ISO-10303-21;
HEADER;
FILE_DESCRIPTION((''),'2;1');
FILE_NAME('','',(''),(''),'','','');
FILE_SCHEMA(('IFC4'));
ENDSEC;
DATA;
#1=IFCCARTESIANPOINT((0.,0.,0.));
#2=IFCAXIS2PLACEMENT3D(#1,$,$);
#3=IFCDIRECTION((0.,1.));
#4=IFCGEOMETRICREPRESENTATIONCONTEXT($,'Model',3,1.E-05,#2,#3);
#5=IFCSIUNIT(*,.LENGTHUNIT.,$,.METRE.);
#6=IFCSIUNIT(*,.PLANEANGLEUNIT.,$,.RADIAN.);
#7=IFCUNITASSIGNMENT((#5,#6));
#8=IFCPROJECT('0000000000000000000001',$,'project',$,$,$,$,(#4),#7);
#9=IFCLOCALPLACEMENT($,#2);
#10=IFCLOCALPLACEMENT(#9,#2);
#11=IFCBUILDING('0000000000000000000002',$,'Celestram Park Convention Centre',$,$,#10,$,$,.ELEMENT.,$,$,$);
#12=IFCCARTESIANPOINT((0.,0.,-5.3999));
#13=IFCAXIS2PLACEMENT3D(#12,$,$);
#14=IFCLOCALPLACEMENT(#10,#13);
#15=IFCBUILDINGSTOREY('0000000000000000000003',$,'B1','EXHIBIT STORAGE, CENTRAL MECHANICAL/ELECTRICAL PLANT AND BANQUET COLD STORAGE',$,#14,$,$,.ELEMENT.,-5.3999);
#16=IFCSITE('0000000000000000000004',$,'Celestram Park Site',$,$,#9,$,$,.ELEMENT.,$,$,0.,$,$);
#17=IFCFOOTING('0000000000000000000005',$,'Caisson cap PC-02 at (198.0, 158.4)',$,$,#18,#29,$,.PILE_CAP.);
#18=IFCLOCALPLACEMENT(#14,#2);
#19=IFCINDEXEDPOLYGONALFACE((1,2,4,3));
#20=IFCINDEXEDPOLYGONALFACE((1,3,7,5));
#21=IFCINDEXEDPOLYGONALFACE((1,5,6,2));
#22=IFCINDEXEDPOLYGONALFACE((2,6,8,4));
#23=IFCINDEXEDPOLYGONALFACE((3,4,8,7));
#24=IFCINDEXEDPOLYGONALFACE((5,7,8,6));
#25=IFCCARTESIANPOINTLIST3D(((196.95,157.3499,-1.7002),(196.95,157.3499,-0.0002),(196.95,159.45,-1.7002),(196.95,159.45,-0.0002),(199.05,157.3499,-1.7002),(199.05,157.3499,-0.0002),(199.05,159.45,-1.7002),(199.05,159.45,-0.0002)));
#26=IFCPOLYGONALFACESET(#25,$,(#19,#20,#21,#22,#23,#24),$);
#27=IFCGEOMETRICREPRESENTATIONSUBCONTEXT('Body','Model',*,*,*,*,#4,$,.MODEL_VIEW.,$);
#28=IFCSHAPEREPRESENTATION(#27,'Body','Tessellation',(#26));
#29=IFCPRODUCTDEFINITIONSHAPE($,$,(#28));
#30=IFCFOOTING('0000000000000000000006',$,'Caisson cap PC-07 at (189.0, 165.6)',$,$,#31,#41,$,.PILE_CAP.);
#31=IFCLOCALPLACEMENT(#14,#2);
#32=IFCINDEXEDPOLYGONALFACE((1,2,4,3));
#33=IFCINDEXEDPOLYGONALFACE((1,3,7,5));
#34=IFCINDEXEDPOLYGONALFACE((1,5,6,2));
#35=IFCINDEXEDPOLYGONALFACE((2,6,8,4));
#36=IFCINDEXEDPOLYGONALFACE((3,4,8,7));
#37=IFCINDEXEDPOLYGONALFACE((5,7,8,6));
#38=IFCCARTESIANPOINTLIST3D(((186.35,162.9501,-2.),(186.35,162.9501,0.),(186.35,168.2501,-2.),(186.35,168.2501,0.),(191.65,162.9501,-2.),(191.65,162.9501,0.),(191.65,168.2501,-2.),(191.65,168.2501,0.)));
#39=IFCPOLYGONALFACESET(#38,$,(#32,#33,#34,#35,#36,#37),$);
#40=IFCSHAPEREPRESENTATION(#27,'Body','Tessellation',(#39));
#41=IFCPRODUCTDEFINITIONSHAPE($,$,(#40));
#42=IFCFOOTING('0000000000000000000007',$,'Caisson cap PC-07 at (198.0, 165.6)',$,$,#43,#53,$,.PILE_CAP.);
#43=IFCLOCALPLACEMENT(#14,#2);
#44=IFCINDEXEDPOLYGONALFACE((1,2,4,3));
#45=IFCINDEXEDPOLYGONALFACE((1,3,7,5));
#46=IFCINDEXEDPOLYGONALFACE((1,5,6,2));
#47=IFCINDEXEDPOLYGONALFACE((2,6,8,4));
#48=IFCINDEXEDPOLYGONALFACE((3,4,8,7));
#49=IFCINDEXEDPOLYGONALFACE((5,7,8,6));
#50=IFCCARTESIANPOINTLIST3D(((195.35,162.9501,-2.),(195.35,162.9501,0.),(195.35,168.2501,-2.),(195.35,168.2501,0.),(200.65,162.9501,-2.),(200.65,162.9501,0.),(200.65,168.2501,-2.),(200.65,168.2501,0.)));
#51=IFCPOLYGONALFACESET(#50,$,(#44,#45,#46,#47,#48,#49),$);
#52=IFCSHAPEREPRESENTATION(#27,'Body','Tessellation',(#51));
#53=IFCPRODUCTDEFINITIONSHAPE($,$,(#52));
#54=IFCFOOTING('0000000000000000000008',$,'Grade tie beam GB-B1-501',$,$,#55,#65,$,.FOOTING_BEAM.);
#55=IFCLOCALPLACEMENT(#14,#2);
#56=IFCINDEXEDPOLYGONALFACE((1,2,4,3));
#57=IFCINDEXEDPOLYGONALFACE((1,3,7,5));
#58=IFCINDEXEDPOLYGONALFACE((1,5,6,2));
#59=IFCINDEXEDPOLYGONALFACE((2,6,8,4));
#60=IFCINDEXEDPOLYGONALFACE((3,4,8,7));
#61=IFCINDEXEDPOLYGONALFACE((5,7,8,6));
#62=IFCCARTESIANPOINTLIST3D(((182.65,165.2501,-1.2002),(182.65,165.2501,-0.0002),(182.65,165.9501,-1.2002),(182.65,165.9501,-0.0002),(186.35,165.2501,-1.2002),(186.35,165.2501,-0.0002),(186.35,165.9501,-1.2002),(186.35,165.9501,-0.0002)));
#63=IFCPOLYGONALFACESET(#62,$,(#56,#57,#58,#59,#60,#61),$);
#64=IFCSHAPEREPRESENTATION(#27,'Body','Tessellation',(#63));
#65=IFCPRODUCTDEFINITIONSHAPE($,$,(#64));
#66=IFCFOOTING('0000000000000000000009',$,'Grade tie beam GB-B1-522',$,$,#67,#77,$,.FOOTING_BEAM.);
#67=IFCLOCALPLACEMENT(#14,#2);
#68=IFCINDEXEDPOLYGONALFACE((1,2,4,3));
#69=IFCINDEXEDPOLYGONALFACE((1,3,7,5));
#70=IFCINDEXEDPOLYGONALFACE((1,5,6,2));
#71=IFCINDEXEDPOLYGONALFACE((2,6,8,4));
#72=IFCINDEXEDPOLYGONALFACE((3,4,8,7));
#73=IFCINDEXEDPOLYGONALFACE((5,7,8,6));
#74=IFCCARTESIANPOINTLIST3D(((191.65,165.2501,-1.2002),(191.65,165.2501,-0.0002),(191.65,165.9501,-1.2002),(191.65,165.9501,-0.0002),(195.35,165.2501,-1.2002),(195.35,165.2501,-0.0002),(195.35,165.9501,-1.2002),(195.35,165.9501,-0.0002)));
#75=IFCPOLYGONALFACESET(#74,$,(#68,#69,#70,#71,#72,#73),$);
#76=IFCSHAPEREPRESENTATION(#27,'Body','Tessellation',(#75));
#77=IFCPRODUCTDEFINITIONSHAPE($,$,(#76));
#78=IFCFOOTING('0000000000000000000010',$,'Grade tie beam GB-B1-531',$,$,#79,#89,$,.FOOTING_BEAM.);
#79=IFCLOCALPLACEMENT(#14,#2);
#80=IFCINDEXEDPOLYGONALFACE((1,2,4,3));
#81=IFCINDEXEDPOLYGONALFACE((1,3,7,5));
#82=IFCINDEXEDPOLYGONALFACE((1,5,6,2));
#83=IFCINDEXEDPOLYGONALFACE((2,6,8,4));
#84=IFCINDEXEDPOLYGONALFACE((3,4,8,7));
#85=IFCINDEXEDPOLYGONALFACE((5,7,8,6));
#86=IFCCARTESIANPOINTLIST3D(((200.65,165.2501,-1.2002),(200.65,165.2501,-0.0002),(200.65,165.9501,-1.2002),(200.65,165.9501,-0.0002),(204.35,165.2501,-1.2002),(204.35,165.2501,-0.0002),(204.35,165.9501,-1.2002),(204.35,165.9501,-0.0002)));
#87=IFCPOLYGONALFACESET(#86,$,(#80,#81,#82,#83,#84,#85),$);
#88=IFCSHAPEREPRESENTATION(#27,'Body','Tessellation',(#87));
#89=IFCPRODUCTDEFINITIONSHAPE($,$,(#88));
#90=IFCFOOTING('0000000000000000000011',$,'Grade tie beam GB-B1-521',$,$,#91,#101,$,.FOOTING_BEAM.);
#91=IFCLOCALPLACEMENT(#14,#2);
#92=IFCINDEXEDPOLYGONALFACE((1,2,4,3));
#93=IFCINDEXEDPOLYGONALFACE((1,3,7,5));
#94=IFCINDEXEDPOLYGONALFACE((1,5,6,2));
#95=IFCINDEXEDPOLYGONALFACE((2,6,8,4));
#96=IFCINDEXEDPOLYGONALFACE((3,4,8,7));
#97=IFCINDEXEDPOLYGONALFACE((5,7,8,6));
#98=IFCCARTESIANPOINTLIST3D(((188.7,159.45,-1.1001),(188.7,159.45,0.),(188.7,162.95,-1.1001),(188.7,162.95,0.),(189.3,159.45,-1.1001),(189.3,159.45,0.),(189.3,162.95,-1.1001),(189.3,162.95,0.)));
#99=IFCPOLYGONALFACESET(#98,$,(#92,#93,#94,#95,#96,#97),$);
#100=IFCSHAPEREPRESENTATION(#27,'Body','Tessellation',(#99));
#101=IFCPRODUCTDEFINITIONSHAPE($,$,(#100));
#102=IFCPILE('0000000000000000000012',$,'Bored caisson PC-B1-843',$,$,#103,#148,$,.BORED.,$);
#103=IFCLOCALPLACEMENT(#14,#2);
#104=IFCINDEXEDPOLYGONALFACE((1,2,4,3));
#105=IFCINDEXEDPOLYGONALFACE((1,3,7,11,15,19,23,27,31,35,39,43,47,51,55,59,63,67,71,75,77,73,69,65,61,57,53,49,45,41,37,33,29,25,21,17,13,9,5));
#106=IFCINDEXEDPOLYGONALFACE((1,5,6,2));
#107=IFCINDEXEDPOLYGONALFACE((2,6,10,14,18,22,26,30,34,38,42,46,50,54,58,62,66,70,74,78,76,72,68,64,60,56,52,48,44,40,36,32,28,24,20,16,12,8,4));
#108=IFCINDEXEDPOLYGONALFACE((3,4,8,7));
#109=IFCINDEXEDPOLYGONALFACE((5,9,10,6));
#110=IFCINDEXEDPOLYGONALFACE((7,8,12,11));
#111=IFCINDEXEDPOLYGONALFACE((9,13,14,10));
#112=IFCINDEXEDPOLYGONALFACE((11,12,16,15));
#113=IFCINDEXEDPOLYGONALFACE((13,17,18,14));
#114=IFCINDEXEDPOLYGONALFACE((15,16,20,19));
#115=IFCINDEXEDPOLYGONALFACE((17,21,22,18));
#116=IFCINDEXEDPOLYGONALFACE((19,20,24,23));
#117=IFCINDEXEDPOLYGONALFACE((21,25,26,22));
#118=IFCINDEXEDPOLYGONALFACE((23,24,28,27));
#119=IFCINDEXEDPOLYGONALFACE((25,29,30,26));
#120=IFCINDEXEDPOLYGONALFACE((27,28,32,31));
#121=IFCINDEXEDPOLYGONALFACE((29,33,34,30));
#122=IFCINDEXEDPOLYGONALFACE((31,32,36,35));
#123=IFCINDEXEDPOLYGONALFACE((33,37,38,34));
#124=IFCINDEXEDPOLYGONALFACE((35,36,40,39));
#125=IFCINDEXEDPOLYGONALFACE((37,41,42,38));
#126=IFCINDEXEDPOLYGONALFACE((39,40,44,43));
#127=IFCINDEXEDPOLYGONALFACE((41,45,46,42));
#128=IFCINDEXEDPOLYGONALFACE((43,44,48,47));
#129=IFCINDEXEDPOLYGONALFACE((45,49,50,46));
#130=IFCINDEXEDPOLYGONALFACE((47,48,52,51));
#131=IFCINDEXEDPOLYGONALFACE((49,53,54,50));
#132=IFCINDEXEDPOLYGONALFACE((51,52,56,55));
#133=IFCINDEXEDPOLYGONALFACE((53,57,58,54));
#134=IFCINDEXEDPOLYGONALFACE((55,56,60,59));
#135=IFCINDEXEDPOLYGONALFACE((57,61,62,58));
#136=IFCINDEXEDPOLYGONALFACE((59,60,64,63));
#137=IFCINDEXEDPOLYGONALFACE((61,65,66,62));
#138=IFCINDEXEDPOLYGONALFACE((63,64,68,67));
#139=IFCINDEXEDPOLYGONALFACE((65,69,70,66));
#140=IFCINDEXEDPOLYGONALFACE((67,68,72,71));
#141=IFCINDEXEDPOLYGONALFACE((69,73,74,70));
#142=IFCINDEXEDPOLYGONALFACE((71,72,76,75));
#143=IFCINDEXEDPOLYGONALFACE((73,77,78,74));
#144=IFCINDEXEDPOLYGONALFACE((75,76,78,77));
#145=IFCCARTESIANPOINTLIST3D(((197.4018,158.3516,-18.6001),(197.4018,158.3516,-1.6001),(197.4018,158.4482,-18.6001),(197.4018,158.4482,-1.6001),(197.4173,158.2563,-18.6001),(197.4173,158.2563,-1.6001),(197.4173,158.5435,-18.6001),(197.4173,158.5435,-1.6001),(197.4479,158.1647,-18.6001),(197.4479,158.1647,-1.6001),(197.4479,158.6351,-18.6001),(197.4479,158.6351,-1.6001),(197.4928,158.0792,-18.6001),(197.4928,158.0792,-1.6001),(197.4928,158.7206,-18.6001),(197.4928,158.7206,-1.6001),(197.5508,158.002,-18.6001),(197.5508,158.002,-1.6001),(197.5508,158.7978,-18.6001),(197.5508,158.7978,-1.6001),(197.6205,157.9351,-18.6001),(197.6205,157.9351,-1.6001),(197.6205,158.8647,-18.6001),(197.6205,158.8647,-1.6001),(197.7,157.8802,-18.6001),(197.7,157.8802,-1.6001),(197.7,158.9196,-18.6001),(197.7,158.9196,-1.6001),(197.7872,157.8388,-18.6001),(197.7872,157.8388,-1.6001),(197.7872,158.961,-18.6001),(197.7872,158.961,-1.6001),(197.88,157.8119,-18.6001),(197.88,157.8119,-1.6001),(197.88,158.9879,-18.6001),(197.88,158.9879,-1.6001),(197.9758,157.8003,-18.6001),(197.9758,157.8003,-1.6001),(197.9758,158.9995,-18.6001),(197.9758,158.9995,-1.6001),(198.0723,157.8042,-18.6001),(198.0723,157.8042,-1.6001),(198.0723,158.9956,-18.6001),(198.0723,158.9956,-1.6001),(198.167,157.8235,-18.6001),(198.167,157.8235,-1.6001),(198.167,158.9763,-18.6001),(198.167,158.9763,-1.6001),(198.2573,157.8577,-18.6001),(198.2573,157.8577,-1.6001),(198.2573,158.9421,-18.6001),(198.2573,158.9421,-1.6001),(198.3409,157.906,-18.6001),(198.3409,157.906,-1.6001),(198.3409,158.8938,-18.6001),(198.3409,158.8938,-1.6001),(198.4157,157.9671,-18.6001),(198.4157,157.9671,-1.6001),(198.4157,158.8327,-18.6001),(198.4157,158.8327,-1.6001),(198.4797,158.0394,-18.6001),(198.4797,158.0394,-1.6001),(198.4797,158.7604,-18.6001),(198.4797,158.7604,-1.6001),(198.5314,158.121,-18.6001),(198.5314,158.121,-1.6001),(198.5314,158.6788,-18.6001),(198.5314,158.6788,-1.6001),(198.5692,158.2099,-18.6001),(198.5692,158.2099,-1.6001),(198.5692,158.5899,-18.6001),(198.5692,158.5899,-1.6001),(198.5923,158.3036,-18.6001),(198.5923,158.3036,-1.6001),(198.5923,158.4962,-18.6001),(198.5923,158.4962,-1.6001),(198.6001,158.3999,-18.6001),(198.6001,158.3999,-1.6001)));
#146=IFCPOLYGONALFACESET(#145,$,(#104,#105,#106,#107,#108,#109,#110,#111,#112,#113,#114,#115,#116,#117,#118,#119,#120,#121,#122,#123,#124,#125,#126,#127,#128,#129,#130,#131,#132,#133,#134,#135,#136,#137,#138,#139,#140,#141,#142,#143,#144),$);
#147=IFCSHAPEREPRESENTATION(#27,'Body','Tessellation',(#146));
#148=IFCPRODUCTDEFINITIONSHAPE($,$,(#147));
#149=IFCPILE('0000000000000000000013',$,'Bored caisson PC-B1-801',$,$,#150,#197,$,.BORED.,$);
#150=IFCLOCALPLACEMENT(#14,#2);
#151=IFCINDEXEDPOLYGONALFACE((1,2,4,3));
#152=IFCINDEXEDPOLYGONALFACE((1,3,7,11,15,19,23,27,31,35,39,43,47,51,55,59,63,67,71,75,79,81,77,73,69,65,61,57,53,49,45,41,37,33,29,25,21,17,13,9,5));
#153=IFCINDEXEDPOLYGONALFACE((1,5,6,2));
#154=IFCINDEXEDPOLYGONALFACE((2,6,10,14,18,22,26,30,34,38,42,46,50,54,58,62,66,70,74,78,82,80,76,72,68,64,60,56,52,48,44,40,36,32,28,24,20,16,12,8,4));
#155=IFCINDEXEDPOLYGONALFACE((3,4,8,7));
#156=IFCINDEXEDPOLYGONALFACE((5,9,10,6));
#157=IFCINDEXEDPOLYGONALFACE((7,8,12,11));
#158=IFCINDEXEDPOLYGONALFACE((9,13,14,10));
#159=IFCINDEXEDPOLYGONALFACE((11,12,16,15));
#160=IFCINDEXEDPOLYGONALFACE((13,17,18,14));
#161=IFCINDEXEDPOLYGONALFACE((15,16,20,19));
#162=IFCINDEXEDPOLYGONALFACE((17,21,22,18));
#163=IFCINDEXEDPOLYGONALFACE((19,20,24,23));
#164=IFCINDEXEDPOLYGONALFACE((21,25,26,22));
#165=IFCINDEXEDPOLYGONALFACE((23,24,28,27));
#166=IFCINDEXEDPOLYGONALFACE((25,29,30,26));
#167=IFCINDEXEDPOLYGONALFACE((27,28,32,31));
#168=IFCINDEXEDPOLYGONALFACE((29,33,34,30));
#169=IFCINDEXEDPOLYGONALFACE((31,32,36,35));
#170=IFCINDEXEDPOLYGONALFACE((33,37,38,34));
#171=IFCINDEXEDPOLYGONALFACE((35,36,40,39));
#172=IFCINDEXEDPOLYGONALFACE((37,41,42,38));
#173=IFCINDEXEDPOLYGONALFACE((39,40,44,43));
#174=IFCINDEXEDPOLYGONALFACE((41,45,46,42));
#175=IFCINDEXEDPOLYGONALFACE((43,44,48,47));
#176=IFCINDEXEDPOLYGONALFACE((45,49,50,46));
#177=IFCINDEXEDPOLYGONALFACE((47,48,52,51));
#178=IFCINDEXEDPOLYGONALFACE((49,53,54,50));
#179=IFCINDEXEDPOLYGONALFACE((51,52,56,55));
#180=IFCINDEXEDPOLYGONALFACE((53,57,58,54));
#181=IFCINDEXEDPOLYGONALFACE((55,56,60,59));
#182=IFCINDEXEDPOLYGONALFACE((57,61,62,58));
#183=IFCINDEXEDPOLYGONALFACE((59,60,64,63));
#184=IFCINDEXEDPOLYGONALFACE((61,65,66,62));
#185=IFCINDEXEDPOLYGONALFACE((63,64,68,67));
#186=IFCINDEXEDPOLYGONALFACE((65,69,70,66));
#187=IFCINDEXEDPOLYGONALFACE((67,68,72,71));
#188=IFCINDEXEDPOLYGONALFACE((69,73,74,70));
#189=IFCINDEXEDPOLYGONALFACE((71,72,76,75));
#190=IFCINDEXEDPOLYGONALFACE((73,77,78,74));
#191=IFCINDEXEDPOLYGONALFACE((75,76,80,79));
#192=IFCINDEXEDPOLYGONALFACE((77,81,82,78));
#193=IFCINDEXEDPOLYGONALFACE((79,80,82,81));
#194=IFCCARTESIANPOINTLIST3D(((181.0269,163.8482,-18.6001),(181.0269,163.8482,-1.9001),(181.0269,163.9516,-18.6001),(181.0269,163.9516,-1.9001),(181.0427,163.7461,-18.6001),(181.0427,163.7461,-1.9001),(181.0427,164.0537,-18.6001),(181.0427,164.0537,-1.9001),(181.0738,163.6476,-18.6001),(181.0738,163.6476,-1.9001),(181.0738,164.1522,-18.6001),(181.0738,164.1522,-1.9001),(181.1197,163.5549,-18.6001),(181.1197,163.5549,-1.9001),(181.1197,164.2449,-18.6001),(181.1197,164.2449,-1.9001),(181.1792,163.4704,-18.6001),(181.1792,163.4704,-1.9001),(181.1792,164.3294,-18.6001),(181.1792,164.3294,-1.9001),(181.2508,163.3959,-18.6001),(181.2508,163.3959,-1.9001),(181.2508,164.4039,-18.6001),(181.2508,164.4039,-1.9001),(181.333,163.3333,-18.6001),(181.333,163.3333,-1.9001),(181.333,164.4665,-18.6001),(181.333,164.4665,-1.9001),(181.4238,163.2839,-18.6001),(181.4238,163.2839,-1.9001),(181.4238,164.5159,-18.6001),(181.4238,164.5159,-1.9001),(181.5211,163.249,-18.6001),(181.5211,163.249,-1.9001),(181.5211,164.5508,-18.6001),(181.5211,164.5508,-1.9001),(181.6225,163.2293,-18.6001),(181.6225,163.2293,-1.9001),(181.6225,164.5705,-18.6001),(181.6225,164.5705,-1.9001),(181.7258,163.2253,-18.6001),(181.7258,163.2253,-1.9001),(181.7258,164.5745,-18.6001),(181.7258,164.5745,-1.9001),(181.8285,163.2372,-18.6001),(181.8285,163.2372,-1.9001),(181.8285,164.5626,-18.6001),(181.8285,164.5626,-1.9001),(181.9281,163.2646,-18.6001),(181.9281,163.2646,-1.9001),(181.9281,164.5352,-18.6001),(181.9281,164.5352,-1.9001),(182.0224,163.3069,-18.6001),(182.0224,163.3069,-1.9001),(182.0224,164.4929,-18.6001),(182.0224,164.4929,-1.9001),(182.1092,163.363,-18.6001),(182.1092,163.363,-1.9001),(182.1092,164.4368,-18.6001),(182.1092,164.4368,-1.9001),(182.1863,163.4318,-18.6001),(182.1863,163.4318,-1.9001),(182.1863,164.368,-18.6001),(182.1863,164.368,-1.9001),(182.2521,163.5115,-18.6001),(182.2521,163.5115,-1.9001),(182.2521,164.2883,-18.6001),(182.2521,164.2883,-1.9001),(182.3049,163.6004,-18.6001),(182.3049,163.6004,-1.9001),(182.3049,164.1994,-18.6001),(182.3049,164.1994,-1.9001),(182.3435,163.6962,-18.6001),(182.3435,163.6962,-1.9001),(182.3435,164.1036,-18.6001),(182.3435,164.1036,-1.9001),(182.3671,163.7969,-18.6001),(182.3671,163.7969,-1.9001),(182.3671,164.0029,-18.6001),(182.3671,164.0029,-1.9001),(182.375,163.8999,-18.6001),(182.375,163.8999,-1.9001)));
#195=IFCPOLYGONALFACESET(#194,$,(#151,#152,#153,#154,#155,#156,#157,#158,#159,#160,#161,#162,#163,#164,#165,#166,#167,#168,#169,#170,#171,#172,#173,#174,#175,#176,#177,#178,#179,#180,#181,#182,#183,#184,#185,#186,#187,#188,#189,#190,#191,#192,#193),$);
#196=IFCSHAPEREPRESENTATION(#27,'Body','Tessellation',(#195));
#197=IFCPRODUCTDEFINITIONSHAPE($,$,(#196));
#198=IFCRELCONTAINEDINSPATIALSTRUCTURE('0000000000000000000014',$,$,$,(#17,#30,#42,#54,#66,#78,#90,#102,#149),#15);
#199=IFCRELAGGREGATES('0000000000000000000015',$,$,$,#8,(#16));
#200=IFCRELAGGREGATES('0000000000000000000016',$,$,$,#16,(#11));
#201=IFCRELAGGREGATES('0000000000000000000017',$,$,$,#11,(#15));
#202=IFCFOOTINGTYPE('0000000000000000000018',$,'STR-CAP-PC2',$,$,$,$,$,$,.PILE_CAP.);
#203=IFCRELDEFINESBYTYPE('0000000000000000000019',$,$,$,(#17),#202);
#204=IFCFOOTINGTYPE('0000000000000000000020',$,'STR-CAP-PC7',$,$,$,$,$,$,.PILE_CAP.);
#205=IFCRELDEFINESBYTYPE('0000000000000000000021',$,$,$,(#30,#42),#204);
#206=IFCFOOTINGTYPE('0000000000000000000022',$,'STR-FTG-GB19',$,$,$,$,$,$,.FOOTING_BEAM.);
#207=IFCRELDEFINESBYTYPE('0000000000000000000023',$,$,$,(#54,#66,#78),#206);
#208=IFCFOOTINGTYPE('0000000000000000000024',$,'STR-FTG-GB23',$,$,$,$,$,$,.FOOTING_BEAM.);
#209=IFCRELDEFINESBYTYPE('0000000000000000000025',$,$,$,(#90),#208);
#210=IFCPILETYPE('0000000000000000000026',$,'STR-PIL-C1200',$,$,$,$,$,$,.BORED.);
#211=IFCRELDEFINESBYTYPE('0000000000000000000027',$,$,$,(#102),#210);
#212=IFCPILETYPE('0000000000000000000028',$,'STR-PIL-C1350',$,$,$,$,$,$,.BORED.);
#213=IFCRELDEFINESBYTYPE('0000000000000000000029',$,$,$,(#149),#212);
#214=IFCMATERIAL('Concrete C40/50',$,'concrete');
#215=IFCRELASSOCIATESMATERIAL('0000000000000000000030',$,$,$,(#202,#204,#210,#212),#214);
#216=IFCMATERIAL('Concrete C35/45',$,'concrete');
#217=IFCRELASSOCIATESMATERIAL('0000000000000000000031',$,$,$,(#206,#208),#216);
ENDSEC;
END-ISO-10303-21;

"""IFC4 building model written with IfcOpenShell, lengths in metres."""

from ifc_helpers import new_model, si_unit, direction, frame, origin, origin_2d, place, context, subcontext, project, spatial, rectangle, circle, extrude, material, material_profile, profile_set, type_object, element, save


model = new_model("IFC4")

# Units and contexts
model_context = context("Model", 3, precision=1e-05, world=origin(), true_north=direction((0.0, 1.0)))
body_context = subcontext(model_context, "Body", "Model", "MODEL_VIEW")
ifc_project = project(units=[si_unit("LENGTHUNIT", "METRE"), si_unit("PLANEANGLEUNIT", "RADIAN")], contexts=[model_context])

# Site, building, storey
site_placement = place(None, origin())
site = spatial("IfcSite", under=ifc_project, at=site_placement, Name="Celestram Park Site", CompositionType="ELEMENT", RefElevation=0.0)
building_placement = place(site_placement, origin())
building = spatial("IfcBuilding", under=site, at=building_placement, Name="Celestram Park Convention Centre", CompositionType="ELEMENT")
storey_placement = place(building_placement, frame((0.0, 0.0, -5.3999)))
storey = spatial("IfcBuildingStorey", under=building, at=storey_placement, Name="B1", Description="EXHIBIT STORAGE, CENTRAL MECHANICAL/ELECTRICAL PLANT AND BANQUET COLD STORAGE", CompositionType="ELEMENT", Elevation=-5.3999)

# Footings
ifc_material_1 = material(Name="Concrete C40/50", Category="concrete")
footing_type_1 = type_object("IfcFootingType", Name="STR-CAP-PC2", PredefinedType="PILE_CAP", material=ifc_material_1)
footing_1_placement = place(storey_placement, frame((198.0, 158.3999, -1.7002), z_axis=(0.0, 0.0, 1.0), x_axis=(1.0, 0.0, 0.0)))
element("IfcFooting", 1, at=footing_1_placement, inside=storey, type_object=footing_type_1, Name="Caisson cap PC-02 at (198.0, 158.4)", PredefinedType="PILE_CAP", context=body_context, shape_type="SweptSolid", body=[
    extrude(rectangle(XDim=2.1001, YDim=2.1001, at=origin_2d()), origin(), (0.0, 0.0, 1.0), 1.7),
])
footing_type_2 = type_object("IfcFootingType", Name="STR-CAP-PC7", PredefinedType="PILE_CAP", material=ifc_material_1)
for number, where, z_axis, x_axis, name in (
    (2, (189.0, 165.6001, -2.0), (0.0, 0.0, 1.0), (1.0, 0.0, 0.0), "Caisson cap PC-07 at (189.0, 165.6)"),
    (3, (198.0, 165.6001, -2.0), (0.0, 0.0, 1.0), (1.0, 0.0, 0.0), "Caisson cap PC-07 at (198.0, 165.6)"),
):
    element("IfcFooting", number, at=place(storey_placement, frame(where, z_axis=z_axis, x_axis=x_axis)), inside=storey, type_object=footing_type_2, Name=name, PredefinedType="PILE_CAP", context=body_context, shape_type="SweptSolid", body=[
        extrude(rectangle(XDim=5.3, YDim=5.3, at=origin_2d()), origin(), (0.0, 0.0, 1.0), 2.0),
    ])
ifc_material_2 = material(Name="Concrete C35/45", Category="concrete")
footing_type_3 = type_object("IfcFootingType", Name="STR-FTG-GB19", PredefinedType="FOOTING_BEAM", material=ifc_material_2)
for number, where, z_axis, x_axis, name in (
    (4, (184.5, 165.6001, -1.2002), (0.0, 0.0, 1.0), (1.0, 0.0, 0.0), "Grade tie beam GB-B1-501"),
    (5, (193.5, 165.6001, -1.2002), (0.0, 0.0, 1.0), (1.0, 0.0, 0.0), "Grade tie beam GB-B1-522"),
    (6, (202.5, 165.6001, -1.2002), (0.0, 0.0, 1.0), (1.0, 0.0, 0.0), "Grade tie beam GB-B1-531"),
):
    element("IfcFooting", number, at=place(storey_placement, frame(where, z_axis=z_axis, x_axis=x_axis)), inside=storey, type_object=footing_type_3, Name=name, PredefinedType="FOOTING_BEAM", context=body_context, shape_type="SweptSolid", body=[
        extrude(rectangle(XDim=3.7, YDim=0.7, at=origin_2d()), origin(), (0.0, 0.0, 1.0), 1.2),
    ])
footing_type_4 = type_object("IfcFootingType", Name="STR-FTG-GB23", PredefinedType="FOOTING_BEAM", material=ifc_material_2)
footing_2_placement = place(storey_placement, frame((189.0, 161.2, -1.1001), z_axis=(0.0, 0.0, 1.0), x_axis=(0.0, 1.0, 0.0)))
element("IfcFooting", 7, at=footing_2_placement, inside=storey, type_object=footing_type_4, Name="Grade tie beam GB-B1-521", PredefinedType="FOOTING_BEAM", context=body_context, shape_type="SweptSolid", body=[
    extrude(rectangle(XDim=3.5, YDim=0.6001, at=origin_2d()), origin(), (0.0, 0.0, 1.0), 1.1001),
])

# Piles
ifc_material_profile_1 = material_profile(ifc_material_1, circle(Radius=0.6001, at=origin_2d()), Name="CAISSON1200")
ifc_profile_set_1 = profile_set([ifc_material_profile_1], Name="Concrete C40/50")
pile_type_1 = type_object("IfcPileType", Name="STR-PIL-C1200", PredefinedType="BORED", material=ifc_profile_set_1)
pile_placement = place(storey_placement, frame((198.0, 158.3999, -1.6001), z_axis=(0.0, 0.0, -1.0), x_axis=(1.0, 0.0, 0.0)))
element("IfcPile", 8, at=pile_placement, inside=storey, type_object=pile_type_1, Name="Bored caisson PC-B1-843", PredefinedType="BORED", context=body_context, shape_type="SweptSolid", body=[
    extrude(circle(Radius=0.6001, at=origin_2d()), origin(), (0.0, 0.0, 1.0), 17.0),
])
ifc_material_profile_2 = material_profile(ifc_material_1, circle(Radius=0.675, at=origin_2d()), Name="CAISSON1350")
ifc_profile_set_2 = profile_set([ifc_material_profile_2], Name="Concrete C40/50")
pile_type_2 = type_object("IfcPileType", Name="STR-PIL-C1350", PredefinedType="BORED", material=ifc_profile_set_2)
for number, where, z_axis, x_axis, name in (
    (9, (181.7, 163.8999, -1.9001), (0.0, 0.0, -1.0), (1.0, 0.0, 0.0), "Bored caisson PC-B1-801"),
):
    element("IfcPile", number, at=place(storey_placement, frame(where, z_axis=z_axis, x_axis=x_axis)), inside=storey, type_object=pile_type_2, Name=name, PredefinedType="BORED", context=body_context, shape_type="SweptSolid", body=[
        extrude(circle(Radius=0.675, at=origin_2d()), origin(), (0.0, 0.0, 1.0), 16.7),
    ])

save(model, "model.ifc")
